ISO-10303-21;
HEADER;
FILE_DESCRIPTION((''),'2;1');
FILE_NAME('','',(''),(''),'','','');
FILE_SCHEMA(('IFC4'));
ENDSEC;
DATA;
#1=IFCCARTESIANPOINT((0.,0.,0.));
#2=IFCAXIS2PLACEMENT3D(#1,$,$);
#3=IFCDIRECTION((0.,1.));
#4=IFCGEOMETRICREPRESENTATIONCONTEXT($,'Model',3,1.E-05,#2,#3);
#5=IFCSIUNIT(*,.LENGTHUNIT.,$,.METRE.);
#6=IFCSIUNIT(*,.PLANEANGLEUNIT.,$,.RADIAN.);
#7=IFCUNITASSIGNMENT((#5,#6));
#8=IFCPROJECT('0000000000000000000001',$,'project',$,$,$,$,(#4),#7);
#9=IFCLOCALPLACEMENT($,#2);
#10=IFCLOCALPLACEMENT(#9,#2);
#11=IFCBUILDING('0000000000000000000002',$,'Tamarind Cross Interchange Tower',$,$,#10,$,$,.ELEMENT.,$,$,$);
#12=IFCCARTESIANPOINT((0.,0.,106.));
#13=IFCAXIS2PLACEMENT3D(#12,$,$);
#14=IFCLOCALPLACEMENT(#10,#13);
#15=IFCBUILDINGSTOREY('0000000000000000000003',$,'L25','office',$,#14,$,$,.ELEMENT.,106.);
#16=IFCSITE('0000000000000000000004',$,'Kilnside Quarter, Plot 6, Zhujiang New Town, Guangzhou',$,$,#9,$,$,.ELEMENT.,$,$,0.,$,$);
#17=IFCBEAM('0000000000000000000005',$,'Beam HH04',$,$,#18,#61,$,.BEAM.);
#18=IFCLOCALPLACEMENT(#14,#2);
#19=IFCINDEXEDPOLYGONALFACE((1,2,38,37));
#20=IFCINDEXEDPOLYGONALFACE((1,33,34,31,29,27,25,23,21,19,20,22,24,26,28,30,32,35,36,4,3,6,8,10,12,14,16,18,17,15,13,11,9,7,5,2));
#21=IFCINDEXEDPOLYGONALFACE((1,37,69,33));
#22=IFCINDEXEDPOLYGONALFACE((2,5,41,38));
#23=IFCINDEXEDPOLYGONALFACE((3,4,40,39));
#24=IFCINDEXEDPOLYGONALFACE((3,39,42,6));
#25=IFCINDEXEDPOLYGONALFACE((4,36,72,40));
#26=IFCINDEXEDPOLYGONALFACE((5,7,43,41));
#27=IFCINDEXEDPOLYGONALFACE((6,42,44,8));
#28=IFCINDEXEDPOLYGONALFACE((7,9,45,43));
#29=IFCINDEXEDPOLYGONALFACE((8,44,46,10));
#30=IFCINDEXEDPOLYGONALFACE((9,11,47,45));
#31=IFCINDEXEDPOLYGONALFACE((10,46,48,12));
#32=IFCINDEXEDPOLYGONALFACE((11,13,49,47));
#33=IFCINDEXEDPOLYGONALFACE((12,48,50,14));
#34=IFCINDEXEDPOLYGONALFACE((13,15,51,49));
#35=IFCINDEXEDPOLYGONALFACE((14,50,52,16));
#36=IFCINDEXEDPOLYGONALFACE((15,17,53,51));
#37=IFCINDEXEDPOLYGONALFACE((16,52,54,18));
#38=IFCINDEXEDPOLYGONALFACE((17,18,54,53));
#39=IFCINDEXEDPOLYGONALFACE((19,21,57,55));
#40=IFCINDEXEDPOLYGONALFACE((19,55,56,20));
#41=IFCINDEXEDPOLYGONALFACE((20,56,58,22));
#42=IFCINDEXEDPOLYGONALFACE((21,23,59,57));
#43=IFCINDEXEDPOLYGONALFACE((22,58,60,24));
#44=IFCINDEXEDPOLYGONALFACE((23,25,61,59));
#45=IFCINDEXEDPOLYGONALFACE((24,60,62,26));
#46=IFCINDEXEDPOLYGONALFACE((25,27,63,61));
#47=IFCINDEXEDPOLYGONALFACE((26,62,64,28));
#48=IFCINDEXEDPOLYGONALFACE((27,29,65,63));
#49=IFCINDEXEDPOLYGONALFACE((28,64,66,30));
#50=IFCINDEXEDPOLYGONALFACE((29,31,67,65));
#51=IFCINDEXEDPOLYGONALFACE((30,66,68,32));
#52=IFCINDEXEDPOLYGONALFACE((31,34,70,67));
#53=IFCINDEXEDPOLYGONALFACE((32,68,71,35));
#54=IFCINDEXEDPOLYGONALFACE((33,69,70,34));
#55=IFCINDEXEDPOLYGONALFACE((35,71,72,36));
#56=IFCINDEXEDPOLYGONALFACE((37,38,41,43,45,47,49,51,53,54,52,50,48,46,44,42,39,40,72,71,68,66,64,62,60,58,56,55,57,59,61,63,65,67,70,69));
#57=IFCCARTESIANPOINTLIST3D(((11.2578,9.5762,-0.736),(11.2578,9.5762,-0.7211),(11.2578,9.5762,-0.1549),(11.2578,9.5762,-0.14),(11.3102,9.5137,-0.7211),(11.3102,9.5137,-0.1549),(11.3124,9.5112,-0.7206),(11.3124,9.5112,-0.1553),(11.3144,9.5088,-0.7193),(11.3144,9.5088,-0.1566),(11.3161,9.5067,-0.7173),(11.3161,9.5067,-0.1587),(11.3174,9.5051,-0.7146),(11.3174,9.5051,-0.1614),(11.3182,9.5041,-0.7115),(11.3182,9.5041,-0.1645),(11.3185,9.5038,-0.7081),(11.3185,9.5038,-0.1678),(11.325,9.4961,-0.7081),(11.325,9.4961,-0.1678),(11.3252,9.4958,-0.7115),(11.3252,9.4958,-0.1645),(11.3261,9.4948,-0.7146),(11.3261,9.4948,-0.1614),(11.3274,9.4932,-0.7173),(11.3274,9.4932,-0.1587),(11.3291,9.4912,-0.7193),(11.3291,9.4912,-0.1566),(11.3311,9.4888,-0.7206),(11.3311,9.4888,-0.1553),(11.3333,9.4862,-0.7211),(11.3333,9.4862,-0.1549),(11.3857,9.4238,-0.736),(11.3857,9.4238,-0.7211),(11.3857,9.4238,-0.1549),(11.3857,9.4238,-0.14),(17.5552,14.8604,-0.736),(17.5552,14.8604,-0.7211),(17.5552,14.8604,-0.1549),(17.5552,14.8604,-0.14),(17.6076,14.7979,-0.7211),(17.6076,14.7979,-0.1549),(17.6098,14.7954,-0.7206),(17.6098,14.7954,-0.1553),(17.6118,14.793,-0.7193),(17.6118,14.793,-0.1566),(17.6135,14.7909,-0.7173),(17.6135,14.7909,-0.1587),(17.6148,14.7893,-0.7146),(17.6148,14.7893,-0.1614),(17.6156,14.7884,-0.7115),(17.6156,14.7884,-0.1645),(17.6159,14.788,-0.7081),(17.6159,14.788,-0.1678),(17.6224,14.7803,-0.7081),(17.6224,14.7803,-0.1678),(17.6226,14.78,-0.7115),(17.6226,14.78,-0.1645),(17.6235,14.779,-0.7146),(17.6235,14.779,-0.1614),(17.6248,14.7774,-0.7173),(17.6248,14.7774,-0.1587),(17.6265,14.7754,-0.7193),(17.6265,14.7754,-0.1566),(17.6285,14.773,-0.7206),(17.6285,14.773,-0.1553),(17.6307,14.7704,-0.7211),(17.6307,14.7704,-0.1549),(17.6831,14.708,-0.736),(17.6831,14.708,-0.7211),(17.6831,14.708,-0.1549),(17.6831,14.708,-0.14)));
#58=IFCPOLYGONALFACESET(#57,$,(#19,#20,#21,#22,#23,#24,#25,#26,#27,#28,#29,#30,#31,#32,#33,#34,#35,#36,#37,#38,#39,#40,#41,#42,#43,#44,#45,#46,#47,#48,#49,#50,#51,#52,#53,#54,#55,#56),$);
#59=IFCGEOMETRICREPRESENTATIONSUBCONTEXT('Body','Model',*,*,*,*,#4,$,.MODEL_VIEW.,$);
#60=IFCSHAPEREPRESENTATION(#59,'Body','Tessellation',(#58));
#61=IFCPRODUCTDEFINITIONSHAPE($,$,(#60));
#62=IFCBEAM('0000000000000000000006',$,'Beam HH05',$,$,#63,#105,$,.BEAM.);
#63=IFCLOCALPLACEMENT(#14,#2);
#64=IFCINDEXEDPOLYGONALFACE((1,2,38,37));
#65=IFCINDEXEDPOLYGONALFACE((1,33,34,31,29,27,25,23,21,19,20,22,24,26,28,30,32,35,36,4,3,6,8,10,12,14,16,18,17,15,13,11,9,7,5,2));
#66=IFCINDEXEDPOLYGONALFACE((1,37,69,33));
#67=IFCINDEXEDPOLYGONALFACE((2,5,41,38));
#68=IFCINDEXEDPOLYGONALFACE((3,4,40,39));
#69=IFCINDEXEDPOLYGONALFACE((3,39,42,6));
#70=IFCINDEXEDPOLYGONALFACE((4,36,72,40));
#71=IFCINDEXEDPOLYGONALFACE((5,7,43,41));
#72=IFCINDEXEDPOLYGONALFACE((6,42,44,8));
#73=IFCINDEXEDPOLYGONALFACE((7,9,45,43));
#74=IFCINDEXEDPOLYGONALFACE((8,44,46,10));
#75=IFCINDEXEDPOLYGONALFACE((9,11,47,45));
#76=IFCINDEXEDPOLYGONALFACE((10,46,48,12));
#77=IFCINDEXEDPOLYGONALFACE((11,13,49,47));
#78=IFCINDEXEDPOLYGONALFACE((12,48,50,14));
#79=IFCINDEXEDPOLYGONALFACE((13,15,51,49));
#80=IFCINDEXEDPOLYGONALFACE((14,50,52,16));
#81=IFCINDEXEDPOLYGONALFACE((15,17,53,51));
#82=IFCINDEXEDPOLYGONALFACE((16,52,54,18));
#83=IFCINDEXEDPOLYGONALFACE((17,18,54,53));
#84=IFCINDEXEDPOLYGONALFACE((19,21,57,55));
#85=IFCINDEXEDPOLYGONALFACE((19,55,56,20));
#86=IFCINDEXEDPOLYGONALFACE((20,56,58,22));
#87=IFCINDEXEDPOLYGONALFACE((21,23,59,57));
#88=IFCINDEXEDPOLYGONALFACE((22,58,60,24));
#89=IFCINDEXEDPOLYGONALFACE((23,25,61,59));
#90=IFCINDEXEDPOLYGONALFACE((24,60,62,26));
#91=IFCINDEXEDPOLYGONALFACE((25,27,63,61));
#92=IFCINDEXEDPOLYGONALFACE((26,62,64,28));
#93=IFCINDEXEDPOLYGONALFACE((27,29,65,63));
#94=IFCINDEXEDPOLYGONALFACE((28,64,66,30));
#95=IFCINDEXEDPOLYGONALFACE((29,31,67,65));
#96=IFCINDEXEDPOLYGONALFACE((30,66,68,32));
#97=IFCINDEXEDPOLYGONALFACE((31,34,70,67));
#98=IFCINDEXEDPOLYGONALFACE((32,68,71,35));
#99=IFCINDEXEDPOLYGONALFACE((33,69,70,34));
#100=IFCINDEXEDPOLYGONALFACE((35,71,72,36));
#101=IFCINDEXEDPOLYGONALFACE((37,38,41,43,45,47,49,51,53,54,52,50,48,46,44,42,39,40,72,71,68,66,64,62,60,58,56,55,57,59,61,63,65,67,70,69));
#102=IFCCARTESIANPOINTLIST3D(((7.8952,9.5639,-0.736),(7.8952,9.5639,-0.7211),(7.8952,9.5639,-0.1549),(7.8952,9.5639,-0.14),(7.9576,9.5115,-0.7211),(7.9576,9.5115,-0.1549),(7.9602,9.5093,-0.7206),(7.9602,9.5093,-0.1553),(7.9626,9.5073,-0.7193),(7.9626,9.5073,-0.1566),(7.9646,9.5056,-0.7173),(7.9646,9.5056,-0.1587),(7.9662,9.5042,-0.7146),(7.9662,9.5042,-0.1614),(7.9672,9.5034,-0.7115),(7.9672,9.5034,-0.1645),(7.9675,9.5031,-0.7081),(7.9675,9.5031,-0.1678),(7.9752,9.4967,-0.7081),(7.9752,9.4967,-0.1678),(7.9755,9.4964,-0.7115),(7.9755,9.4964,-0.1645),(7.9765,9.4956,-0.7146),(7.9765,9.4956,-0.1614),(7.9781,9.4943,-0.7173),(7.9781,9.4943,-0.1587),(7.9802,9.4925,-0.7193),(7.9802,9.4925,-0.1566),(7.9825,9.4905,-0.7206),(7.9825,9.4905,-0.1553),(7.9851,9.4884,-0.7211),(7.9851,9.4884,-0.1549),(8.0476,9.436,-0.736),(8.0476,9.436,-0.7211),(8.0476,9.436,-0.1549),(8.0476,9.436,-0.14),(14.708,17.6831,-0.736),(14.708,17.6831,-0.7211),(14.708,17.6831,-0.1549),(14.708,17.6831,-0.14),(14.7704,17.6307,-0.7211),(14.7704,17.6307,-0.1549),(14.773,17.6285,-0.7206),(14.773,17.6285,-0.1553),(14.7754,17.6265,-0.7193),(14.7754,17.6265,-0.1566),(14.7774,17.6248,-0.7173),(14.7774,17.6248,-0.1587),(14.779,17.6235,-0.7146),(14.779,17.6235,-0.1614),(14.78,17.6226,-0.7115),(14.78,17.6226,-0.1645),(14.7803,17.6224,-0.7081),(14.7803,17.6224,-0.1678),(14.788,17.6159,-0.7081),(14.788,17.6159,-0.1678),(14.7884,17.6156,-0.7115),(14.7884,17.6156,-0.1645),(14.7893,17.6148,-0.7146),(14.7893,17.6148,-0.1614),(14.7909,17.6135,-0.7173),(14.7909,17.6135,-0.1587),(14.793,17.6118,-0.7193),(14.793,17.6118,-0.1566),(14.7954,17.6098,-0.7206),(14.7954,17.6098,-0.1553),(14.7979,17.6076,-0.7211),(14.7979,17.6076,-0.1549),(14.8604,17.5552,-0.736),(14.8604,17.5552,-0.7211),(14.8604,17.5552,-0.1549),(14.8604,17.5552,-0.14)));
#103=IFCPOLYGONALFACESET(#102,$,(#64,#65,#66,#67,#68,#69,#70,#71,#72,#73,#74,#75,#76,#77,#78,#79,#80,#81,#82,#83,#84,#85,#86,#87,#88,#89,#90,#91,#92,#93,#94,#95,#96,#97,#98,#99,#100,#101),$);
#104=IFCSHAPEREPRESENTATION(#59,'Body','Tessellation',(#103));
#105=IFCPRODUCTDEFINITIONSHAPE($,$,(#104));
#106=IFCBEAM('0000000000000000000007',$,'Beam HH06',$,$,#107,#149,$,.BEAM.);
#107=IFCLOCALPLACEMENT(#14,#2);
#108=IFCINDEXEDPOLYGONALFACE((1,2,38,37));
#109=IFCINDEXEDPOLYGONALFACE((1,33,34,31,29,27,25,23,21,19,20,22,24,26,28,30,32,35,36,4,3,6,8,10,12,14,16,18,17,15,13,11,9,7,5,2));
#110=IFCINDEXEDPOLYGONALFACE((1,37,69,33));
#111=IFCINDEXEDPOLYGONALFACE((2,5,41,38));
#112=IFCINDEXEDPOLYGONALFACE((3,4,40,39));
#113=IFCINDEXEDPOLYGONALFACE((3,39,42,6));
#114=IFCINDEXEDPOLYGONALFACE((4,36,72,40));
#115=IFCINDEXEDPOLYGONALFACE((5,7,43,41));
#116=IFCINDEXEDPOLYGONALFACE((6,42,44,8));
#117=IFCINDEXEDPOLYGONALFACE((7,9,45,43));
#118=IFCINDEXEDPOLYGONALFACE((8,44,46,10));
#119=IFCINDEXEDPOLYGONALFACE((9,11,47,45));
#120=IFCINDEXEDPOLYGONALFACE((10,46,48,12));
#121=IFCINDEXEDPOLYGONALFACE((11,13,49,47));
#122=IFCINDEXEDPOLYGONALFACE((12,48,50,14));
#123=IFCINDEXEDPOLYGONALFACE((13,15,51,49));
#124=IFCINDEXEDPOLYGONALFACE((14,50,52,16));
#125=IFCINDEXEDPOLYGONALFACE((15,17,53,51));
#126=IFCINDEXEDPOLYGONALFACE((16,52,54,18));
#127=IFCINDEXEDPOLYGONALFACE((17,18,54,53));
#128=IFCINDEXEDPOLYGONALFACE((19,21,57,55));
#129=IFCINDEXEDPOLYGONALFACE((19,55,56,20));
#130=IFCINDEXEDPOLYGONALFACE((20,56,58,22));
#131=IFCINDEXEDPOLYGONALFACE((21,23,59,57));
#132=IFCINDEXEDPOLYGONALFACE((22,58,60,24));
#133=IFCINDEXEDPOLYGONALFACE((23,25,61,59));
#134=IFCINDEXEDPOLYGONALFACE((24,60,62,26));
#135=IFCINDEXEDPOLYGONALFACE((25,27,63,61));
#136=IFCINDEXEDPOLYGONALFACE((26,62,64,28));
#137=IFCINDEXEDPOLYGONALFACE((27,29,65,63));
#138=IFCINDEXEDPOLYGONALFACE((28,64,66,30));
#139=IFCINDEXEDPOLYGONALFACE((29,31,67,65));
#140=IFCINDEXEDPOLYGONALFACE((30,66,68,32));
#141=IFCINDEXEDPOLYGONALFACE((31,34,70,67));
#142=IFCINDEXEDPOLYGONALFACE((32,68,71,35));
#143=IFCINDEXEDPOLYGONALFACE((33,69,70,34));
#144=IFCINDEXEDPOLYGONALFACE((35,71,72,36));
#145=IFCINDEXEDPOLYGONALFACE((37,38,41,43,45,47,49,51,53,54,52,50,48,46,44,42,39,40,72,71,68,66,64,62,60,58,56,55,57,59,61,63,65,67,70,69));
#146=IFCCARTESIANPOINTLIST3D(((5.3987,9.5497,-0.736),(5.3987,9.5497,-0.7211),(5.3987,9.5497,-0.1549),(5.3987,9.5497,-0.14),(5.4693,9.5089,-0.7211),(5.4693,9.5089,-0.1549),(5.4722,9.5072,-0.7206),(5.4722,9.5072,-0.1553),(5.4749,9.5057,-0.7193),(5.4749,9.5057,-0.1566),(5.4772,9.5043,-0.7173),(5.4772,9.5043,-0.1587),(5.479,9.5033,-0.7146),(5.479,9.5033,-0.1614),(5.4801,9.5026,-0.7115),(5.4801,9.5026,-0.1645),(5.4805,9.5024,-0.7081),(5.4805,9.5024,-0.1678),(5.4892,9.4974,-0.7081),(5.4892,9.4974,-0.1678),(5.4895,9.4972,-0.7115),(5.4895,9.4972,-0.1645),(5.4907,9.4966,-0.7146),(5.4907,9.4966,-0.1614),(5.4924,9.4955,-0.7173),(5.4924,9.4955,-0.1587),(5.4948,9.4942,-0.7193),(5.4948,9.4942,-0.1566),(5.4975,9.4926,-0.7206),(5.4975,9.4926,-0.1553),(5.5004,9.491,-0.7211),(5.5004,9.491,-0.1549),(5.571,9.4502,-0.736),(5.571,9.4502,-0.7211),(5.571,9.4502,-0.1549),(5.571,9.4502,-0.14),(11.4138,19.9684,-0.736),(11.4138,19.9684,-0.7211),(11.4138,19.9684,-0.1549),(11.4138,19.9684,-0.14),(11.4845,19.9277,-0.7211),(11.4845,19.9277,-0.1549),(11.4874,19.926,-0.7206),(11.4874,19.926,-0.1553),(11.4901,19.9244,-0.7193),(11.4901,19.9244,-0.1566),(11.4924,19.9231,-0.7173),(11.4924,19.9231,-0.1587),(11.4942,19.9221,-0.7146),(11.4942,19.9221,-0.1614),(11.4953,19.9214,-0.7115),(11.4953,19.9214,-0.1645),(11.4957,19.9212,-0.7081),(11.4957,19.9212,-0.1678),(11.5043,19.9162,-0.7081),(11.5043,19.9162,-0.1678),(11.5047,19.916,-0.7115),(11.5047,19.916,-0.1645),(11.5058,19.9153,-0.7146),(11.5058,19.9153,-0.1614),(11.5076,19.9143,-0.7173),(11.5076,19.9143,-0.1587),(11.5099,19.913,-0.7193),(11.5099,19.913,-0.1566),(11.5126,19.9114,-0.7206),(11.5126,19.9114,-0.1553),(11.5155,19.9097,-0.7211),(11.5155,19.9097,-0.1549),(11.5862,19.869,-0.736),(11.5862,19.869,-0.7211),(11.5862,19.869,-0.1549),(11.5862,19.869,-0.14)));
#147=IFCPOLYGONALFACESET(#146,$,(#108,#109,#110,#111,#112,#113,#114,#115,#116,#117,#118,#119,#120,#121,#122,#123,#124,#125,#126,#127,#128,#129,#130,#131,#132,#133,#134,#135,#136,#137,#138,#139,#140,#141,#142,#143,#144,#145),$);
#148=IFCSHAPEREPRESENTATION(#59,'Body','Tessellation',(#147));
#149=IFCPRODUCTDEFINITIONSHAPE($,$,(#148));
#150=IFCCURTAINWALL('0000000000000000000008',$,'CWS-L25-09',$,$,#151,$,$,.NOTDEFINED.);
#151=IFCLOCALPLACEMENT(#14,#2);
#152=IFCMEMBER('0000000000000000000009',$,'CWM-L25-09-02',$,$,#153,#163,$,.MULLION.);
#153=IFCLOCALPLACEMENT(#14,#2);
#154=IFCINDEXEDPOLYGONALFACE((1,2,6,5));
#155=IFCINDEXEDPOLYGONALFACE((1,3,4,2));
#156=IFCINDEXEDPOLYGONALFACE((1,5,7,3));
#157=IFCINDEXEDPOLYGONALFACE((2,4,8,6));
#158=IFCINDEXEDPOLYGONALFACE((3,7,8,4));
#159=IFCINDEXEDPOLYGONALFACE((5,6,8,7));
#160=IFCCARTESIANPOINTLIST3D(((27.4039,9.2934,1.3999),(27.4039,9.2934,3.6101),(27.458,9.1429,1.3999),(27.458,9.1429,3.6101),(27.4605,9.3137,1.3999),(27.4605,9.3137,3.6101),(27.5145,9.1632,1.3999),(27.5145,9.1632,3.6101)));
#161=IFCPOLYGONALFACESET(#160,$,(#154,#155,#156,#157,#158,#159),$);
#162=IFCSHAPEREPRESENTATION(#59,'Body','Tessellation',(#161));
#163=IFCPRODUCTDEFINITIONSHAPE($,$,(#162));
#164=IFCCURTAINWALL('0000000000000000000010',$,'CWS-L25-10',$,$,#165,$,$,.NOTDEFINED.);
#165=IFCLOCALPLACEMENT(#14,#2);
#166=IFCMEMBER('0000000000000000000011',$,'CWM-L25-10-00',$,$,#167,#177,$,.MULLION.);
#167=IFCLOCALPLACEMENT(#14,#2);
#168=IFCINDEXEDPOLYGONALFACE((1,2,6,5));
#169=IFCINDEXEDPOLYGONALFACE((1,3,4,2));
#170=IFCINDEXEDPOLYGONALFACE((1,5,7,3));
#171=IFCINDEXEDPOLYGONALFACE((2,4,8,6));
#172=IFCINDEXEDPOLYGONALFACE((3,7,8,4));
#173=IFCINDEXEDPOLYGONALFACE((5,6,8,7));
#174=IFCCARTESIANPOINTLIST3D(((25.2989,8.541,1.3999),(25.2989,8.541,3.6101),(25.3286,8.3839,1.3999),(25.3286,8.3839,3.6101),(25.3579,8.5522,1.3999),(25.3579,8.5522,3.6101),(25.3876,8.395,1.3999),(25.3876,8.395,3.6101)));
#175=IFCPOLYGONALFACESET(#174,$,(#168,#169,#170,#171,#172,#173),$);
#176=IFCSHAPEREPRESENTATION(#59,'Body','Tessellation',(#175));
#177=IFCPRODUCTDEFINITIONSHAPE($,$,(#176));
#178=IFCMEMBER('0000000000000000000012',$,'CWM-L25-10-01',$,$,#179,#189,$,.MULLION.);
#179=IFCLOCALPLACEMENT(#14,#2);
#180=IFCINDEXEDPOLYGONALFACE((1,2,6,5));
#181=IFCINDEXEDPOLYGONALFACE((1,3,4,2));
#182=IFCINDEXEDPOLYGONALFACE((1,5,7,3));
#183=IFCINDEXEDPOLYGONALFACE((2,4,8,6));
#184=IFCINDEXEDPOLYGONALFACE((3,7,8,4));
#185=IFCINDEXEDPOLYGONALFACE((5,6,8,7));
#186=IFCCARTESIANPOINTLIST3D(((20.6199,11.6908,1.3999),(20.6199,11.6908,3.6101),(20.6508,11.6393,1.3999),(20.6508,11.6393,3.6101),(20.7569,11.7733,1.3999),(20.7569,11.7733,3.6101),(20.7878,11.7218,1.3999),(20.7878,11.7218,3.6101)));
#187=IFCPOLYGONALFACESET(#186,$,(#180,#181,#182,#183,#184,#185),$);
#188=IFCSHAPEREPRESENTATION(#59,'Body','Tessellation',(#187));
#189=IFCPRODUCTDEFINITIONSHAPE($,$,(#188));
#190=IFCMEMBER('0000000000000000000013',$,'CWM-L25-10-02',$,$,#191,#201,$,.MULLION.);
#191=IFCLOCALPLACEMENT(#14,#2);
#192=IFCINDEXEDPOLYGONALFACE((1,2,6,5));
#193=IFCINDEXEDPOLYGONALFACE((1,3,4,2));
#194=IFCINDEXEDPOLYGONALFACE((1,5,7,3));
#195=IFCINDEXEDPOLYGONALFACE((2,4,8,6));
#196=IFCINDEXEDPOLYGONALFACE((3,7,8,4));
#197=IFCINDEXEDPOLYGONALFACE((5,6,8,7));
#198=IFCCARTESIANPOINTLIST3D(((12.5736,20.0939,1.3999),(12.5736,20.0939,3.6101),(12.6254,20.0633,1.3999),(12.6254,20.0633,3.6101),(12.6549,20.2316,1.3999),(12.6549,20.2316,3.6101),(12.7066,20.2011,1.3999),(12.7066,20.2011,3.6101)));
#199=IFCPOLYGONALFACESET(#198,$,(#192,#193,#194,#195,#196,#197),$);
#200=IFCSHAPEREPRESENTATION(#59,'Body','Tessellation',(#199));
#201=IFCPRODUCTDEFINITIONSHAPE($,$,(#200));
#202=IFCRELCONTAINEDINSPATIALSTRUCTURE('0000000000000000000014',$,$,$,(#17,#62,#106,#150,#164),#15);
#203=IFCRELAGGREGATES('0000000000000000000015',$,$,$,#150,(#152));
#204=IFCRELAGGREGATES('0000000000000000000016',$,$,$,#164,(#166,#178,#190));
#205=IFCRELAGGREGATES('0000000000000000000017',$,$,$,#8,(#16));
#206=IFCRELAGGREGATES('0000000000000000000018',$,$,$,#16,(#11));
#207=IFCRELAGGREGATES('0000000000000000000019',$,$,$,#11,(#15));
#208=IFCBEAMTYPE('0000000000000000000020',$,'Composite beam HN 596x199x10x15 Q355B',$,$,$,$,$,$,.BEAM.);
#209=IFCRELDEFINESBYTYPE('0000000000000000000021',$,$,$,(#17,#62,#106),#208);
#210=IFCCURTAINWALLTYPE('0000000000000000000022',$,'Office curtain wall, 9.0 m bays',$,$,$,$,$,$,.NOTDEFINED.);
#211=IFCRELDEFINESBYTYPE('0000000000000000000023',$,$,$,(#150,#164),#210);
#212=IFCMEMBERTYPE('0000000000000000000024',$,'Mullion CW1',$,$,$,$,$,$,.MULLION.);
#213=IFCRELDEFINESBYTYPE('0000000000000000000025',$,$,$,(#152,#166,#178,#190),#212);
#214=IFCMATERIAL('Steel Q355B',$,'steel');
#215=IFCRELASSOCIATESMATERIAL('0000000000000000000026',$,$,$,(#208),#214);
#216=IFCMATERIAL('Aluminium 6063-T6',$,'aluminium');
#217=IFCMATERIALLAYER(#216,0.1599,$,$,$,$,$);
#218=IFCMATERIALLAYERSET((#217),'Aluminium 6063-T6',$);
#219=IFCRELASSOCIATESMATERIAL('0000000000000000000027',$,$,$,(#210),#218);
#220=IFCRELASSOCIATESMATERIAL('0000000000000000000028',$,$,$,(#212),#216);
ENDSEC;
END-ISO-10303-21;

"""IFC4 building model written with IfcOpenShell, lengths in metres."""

from ifc_helpers import new_model, si_unit, direction, frame, origin, origin_2d, place, context, subcontext, project, spatial, rectangle, i_section, extrude, material, layer, layer_set, material_profile, profile_set, type_object, element, aggregate, save


model = new_model("IFC4")

# Units and contexts
model_context = context("Model", 3, precision=1e-05, world=origin(), true_north=direction((0.0, 1.0)))
body_context = subcontext(model_context, "Body", "Model", "MODEL_VIEW")
ifc_project = project(units=[si_unit("LENGTHUNIT", "METRE"), si_unit("PLANEANGLEUNIT", "RADIAN")], contexts=[model_context])

# Site, building, storey
site_placement = place(None, origin())
site = spatial("IfcSite", under=ifc_project, at=site_placement, Name="Kilnside Quarter, Plot 6, Zhujiang New Town, Guangzhou", CompositionType="ELEMENT", RefElevation=0.0)
building_placement = place(site_placement, origin())
building = spatial("IfcBuilding", under=site, at=building_placement, Name="Tamarind Cross Interchange Tower", CompositionType="ELEMENT")
storey_placement = place(building_placement, frame((0.0, 0.0, 106.0)))
storey = spatial("IfcBuildingStorey", under=building, at=storey_placement, Name="L25", Description="office", CompositionType="ELEMENT", Elevation=106.0)

# Beams
ifc_material_1 = material(Name="Steel Q355B", Category="steel")
ifc_material_profile_1 = material_profile(ifc_material_1, i_section(OverallWidth=0.199, OverallDepth=0.5959, WebThickness=0.01, FlangeThickness=0.0149, FilletRadius=0.0129, at=origin_2d()), Name="HN 596x199x10x15")
ifc_profile_set_1 = profile_set([ifc_material_profile_1], Name="Steel Q355B")
beam_type_1 = type_object("IfcBeamType", Name="Composite beam HN 596x199x10x15 Q355B", PredefinedType="BEAM", material=ifc_profile_set_1)
beam_1_placement = place(storey_placement, frame((17.6191, 14.7842, -0.438), z_axis=(-0.766041, -0.642792, 0.0), x_axis=(0.642792, -0.766041, 0.0)))
element("IfcBeam", 1, at=beam_1_placement, inside=storey, type_object=beam_type_1, Name="Beam HH04", PredefinedType="BEAM", context=body_context, shape_type="SweptSolid", body=[
    extrude(i_section(OverallWidth=0.199, OverallDepth=0.5959, WebThickness=0.01, FlangeThickness=0.0149, FilletRadius=0.0129, at=origin_2d()), origin(), (0.0, 0.0, 1.0), 8.2207),
])
beam_2_placement = place(storey_placement, frame((14.7842, 17.6191, -0.438), z_axis=(-0.642786, -0.766046, 0.0), x_axis=(0.766046, -0.642786, 0.0)))
element("IfcBeam", 2, at=beam_2_placement, inside=storey, type_object=beam_type_1, Name="Beam HH05", PredefinedType="BEAM", context=body_context, shape_type="SweptSolid", body=[
    extrude(i_section(OverallWidth=0.199, OverallDepth=0.5959, WebThickness=0.01, FlangeThickness=0.0149, FilletRadius=0.0129, at=origin_2d()), origin(), (0.0, 0.0, 1.0), 10.5989),
])
beam_3_placement = place(storey_placement, frame((11.5, 19.9187, -0.438), z_axis=(-0.499994, -0.866029, 0.0), x_axis=(0.866029, -0.499994, 0.0)))
element("IfcBeam", 3, at=beam_3_placement, inside=storey, type_object=beam_type_1, Name="Beam HH06", PredefinedType="BEAM", context=body_context, shape_type="SweptSolid", body=[
    extrude(i_section(OverallWidth=0.199, OverallDepth=0.5959, WebThickness=0.01, FlangeThickness=0.0149, FilletRadius=0.0129, at=origin_2d()), origin(), (0.0, 0.0, 1.0), 12.0305),
])

# Curtain wall, member
ifc_material_2 = material(Name="Aluminium 6063-T6", Category="aluminium")
ifc_layer_1 = layer(ifc_material_2, 0.1599)
ifc_layer_set_1 = layer_set([ifc_layer_1], Name="Aluminium 6063-T6")
curtain_wall_type = type_object("IfcCurtainWallType", Name="Office curtain wall, 9.0 m bays", PredefinedType="NOTDEFINED", material=ifc_layer_set_1)
curtain_wall_1_placement = place(storey_placement, origin())
curtain_wall_1 = element("IfcCurtainWall", 4, at=curtain_wall_1_placement, inside=storey, type_object=curtain_wall_type, Name="CWS-L25-09", PredefinedType="NOTDEFINED")
ifc_material_profile_2 = material_profile(ifc_material_2, rectangle(XDim=0.0601, YDim=0.1599, at=origin_2d()), Name="Mullion CW1")
ifc_profile_set_2 = profile_set([ifc_material_profile_2], Name="Aluminium 6063-T6")
member_type = type_object("IfcMemberType", Name="Mullion CW1", PredefinedType="MULLION", material=ifc_profile_set_2)
member_1_placement = place(storey_placement, frame((27.4592, 9.2283, 1.3999), z_axis=(0.0, 0.0, 1.0), x_axis=(-0.9411, -0.338129, 0.0)))
member_1 = element("IfcMember", 5, at=member_1_placement, type_object=member_type, Name="CWM-L25-09-02", PredefinedType="MULLION", context=body_context, shape_type="SweptSolid", body=[
    extrude(rectangle(XDim=0.0601, YDim=0.1599, at=origin_2d()), origin(), (0.0, 0.0, 1.0), 2.2102),
])
aggregate(curtain_wall_1, [member_1])

# Curtain wall, members
curtain_wall_2_placement = place(storey_placement, origin())
curtain_wall_2 = element("IfcCurtainWall", 6, at=curtain_wall_2_placement, inside=storey, type_object=curtain_wall_type, Name="CWS-L25-10", PredefinedType="NOTDEFINED")
member_2_placement = place(storey_placement, frame((25.3433, 8.468, 1.3999), z_axis=(0.0, 0.0, 1.0), x_axis=(-0.982624, -0.185607, 0.0)))
member_2 = element("IfcMember", 7, at=member_2_placement, type_object=member_type, Name="CWM-L25-10-00", PredefinedType="MULLION", context=body_context, shape_type="SweptSolid", body=[
    extrude(rectangle(XDim=0.0601, YDim=0.1599, at=origin_2d()), origin(), (0.0, 0.0, 1.0), 2.2102),
])
member_3_placement = place(storey_placement, frame((20.7039, 11.7063, 1.3999), z_axis=(0.0, 0.0, 1.0), x_axis=(-0.515577, 0.856843, 0.0)))
member_3 = element("IfcMember", 8, at=member_3_placement, type_object=member_type, Name="CWM-L25-10-01", PredefinedType="MULLION", context=body_context, shape_type="SweptSolid", body=[
    extrude(rectangle(XDim=0.0601, YDim=0.1599, at=origin_2d()), origin(), (0.0, 0.0, 1.0), 2.2102),
])
member_4_placement = place(storey_placement, frame((12.6401, 20.1475, 1.3999), z_axis=(0.0, 0.0, 1.0), x_axis=(-0.861249, 0.508183, 0.0)))
member_4 = element("IfcMember", 9, at=member_4_placement, type_object=member_type, Name="CWM-L25-10-02", PredefinedType="MULLION", context=body_context, shape_type="SweptSolid", body=[
    extrude(rectangle(XDim=0.0601, YDim=0.1599, at=origin_2d()), origin(), (0.0, 0.0, 1.0), 2.2102),
])
aggregate(curtain_wall_2, [member_2, member_3, member_4])

save(model, "model.ifc")
